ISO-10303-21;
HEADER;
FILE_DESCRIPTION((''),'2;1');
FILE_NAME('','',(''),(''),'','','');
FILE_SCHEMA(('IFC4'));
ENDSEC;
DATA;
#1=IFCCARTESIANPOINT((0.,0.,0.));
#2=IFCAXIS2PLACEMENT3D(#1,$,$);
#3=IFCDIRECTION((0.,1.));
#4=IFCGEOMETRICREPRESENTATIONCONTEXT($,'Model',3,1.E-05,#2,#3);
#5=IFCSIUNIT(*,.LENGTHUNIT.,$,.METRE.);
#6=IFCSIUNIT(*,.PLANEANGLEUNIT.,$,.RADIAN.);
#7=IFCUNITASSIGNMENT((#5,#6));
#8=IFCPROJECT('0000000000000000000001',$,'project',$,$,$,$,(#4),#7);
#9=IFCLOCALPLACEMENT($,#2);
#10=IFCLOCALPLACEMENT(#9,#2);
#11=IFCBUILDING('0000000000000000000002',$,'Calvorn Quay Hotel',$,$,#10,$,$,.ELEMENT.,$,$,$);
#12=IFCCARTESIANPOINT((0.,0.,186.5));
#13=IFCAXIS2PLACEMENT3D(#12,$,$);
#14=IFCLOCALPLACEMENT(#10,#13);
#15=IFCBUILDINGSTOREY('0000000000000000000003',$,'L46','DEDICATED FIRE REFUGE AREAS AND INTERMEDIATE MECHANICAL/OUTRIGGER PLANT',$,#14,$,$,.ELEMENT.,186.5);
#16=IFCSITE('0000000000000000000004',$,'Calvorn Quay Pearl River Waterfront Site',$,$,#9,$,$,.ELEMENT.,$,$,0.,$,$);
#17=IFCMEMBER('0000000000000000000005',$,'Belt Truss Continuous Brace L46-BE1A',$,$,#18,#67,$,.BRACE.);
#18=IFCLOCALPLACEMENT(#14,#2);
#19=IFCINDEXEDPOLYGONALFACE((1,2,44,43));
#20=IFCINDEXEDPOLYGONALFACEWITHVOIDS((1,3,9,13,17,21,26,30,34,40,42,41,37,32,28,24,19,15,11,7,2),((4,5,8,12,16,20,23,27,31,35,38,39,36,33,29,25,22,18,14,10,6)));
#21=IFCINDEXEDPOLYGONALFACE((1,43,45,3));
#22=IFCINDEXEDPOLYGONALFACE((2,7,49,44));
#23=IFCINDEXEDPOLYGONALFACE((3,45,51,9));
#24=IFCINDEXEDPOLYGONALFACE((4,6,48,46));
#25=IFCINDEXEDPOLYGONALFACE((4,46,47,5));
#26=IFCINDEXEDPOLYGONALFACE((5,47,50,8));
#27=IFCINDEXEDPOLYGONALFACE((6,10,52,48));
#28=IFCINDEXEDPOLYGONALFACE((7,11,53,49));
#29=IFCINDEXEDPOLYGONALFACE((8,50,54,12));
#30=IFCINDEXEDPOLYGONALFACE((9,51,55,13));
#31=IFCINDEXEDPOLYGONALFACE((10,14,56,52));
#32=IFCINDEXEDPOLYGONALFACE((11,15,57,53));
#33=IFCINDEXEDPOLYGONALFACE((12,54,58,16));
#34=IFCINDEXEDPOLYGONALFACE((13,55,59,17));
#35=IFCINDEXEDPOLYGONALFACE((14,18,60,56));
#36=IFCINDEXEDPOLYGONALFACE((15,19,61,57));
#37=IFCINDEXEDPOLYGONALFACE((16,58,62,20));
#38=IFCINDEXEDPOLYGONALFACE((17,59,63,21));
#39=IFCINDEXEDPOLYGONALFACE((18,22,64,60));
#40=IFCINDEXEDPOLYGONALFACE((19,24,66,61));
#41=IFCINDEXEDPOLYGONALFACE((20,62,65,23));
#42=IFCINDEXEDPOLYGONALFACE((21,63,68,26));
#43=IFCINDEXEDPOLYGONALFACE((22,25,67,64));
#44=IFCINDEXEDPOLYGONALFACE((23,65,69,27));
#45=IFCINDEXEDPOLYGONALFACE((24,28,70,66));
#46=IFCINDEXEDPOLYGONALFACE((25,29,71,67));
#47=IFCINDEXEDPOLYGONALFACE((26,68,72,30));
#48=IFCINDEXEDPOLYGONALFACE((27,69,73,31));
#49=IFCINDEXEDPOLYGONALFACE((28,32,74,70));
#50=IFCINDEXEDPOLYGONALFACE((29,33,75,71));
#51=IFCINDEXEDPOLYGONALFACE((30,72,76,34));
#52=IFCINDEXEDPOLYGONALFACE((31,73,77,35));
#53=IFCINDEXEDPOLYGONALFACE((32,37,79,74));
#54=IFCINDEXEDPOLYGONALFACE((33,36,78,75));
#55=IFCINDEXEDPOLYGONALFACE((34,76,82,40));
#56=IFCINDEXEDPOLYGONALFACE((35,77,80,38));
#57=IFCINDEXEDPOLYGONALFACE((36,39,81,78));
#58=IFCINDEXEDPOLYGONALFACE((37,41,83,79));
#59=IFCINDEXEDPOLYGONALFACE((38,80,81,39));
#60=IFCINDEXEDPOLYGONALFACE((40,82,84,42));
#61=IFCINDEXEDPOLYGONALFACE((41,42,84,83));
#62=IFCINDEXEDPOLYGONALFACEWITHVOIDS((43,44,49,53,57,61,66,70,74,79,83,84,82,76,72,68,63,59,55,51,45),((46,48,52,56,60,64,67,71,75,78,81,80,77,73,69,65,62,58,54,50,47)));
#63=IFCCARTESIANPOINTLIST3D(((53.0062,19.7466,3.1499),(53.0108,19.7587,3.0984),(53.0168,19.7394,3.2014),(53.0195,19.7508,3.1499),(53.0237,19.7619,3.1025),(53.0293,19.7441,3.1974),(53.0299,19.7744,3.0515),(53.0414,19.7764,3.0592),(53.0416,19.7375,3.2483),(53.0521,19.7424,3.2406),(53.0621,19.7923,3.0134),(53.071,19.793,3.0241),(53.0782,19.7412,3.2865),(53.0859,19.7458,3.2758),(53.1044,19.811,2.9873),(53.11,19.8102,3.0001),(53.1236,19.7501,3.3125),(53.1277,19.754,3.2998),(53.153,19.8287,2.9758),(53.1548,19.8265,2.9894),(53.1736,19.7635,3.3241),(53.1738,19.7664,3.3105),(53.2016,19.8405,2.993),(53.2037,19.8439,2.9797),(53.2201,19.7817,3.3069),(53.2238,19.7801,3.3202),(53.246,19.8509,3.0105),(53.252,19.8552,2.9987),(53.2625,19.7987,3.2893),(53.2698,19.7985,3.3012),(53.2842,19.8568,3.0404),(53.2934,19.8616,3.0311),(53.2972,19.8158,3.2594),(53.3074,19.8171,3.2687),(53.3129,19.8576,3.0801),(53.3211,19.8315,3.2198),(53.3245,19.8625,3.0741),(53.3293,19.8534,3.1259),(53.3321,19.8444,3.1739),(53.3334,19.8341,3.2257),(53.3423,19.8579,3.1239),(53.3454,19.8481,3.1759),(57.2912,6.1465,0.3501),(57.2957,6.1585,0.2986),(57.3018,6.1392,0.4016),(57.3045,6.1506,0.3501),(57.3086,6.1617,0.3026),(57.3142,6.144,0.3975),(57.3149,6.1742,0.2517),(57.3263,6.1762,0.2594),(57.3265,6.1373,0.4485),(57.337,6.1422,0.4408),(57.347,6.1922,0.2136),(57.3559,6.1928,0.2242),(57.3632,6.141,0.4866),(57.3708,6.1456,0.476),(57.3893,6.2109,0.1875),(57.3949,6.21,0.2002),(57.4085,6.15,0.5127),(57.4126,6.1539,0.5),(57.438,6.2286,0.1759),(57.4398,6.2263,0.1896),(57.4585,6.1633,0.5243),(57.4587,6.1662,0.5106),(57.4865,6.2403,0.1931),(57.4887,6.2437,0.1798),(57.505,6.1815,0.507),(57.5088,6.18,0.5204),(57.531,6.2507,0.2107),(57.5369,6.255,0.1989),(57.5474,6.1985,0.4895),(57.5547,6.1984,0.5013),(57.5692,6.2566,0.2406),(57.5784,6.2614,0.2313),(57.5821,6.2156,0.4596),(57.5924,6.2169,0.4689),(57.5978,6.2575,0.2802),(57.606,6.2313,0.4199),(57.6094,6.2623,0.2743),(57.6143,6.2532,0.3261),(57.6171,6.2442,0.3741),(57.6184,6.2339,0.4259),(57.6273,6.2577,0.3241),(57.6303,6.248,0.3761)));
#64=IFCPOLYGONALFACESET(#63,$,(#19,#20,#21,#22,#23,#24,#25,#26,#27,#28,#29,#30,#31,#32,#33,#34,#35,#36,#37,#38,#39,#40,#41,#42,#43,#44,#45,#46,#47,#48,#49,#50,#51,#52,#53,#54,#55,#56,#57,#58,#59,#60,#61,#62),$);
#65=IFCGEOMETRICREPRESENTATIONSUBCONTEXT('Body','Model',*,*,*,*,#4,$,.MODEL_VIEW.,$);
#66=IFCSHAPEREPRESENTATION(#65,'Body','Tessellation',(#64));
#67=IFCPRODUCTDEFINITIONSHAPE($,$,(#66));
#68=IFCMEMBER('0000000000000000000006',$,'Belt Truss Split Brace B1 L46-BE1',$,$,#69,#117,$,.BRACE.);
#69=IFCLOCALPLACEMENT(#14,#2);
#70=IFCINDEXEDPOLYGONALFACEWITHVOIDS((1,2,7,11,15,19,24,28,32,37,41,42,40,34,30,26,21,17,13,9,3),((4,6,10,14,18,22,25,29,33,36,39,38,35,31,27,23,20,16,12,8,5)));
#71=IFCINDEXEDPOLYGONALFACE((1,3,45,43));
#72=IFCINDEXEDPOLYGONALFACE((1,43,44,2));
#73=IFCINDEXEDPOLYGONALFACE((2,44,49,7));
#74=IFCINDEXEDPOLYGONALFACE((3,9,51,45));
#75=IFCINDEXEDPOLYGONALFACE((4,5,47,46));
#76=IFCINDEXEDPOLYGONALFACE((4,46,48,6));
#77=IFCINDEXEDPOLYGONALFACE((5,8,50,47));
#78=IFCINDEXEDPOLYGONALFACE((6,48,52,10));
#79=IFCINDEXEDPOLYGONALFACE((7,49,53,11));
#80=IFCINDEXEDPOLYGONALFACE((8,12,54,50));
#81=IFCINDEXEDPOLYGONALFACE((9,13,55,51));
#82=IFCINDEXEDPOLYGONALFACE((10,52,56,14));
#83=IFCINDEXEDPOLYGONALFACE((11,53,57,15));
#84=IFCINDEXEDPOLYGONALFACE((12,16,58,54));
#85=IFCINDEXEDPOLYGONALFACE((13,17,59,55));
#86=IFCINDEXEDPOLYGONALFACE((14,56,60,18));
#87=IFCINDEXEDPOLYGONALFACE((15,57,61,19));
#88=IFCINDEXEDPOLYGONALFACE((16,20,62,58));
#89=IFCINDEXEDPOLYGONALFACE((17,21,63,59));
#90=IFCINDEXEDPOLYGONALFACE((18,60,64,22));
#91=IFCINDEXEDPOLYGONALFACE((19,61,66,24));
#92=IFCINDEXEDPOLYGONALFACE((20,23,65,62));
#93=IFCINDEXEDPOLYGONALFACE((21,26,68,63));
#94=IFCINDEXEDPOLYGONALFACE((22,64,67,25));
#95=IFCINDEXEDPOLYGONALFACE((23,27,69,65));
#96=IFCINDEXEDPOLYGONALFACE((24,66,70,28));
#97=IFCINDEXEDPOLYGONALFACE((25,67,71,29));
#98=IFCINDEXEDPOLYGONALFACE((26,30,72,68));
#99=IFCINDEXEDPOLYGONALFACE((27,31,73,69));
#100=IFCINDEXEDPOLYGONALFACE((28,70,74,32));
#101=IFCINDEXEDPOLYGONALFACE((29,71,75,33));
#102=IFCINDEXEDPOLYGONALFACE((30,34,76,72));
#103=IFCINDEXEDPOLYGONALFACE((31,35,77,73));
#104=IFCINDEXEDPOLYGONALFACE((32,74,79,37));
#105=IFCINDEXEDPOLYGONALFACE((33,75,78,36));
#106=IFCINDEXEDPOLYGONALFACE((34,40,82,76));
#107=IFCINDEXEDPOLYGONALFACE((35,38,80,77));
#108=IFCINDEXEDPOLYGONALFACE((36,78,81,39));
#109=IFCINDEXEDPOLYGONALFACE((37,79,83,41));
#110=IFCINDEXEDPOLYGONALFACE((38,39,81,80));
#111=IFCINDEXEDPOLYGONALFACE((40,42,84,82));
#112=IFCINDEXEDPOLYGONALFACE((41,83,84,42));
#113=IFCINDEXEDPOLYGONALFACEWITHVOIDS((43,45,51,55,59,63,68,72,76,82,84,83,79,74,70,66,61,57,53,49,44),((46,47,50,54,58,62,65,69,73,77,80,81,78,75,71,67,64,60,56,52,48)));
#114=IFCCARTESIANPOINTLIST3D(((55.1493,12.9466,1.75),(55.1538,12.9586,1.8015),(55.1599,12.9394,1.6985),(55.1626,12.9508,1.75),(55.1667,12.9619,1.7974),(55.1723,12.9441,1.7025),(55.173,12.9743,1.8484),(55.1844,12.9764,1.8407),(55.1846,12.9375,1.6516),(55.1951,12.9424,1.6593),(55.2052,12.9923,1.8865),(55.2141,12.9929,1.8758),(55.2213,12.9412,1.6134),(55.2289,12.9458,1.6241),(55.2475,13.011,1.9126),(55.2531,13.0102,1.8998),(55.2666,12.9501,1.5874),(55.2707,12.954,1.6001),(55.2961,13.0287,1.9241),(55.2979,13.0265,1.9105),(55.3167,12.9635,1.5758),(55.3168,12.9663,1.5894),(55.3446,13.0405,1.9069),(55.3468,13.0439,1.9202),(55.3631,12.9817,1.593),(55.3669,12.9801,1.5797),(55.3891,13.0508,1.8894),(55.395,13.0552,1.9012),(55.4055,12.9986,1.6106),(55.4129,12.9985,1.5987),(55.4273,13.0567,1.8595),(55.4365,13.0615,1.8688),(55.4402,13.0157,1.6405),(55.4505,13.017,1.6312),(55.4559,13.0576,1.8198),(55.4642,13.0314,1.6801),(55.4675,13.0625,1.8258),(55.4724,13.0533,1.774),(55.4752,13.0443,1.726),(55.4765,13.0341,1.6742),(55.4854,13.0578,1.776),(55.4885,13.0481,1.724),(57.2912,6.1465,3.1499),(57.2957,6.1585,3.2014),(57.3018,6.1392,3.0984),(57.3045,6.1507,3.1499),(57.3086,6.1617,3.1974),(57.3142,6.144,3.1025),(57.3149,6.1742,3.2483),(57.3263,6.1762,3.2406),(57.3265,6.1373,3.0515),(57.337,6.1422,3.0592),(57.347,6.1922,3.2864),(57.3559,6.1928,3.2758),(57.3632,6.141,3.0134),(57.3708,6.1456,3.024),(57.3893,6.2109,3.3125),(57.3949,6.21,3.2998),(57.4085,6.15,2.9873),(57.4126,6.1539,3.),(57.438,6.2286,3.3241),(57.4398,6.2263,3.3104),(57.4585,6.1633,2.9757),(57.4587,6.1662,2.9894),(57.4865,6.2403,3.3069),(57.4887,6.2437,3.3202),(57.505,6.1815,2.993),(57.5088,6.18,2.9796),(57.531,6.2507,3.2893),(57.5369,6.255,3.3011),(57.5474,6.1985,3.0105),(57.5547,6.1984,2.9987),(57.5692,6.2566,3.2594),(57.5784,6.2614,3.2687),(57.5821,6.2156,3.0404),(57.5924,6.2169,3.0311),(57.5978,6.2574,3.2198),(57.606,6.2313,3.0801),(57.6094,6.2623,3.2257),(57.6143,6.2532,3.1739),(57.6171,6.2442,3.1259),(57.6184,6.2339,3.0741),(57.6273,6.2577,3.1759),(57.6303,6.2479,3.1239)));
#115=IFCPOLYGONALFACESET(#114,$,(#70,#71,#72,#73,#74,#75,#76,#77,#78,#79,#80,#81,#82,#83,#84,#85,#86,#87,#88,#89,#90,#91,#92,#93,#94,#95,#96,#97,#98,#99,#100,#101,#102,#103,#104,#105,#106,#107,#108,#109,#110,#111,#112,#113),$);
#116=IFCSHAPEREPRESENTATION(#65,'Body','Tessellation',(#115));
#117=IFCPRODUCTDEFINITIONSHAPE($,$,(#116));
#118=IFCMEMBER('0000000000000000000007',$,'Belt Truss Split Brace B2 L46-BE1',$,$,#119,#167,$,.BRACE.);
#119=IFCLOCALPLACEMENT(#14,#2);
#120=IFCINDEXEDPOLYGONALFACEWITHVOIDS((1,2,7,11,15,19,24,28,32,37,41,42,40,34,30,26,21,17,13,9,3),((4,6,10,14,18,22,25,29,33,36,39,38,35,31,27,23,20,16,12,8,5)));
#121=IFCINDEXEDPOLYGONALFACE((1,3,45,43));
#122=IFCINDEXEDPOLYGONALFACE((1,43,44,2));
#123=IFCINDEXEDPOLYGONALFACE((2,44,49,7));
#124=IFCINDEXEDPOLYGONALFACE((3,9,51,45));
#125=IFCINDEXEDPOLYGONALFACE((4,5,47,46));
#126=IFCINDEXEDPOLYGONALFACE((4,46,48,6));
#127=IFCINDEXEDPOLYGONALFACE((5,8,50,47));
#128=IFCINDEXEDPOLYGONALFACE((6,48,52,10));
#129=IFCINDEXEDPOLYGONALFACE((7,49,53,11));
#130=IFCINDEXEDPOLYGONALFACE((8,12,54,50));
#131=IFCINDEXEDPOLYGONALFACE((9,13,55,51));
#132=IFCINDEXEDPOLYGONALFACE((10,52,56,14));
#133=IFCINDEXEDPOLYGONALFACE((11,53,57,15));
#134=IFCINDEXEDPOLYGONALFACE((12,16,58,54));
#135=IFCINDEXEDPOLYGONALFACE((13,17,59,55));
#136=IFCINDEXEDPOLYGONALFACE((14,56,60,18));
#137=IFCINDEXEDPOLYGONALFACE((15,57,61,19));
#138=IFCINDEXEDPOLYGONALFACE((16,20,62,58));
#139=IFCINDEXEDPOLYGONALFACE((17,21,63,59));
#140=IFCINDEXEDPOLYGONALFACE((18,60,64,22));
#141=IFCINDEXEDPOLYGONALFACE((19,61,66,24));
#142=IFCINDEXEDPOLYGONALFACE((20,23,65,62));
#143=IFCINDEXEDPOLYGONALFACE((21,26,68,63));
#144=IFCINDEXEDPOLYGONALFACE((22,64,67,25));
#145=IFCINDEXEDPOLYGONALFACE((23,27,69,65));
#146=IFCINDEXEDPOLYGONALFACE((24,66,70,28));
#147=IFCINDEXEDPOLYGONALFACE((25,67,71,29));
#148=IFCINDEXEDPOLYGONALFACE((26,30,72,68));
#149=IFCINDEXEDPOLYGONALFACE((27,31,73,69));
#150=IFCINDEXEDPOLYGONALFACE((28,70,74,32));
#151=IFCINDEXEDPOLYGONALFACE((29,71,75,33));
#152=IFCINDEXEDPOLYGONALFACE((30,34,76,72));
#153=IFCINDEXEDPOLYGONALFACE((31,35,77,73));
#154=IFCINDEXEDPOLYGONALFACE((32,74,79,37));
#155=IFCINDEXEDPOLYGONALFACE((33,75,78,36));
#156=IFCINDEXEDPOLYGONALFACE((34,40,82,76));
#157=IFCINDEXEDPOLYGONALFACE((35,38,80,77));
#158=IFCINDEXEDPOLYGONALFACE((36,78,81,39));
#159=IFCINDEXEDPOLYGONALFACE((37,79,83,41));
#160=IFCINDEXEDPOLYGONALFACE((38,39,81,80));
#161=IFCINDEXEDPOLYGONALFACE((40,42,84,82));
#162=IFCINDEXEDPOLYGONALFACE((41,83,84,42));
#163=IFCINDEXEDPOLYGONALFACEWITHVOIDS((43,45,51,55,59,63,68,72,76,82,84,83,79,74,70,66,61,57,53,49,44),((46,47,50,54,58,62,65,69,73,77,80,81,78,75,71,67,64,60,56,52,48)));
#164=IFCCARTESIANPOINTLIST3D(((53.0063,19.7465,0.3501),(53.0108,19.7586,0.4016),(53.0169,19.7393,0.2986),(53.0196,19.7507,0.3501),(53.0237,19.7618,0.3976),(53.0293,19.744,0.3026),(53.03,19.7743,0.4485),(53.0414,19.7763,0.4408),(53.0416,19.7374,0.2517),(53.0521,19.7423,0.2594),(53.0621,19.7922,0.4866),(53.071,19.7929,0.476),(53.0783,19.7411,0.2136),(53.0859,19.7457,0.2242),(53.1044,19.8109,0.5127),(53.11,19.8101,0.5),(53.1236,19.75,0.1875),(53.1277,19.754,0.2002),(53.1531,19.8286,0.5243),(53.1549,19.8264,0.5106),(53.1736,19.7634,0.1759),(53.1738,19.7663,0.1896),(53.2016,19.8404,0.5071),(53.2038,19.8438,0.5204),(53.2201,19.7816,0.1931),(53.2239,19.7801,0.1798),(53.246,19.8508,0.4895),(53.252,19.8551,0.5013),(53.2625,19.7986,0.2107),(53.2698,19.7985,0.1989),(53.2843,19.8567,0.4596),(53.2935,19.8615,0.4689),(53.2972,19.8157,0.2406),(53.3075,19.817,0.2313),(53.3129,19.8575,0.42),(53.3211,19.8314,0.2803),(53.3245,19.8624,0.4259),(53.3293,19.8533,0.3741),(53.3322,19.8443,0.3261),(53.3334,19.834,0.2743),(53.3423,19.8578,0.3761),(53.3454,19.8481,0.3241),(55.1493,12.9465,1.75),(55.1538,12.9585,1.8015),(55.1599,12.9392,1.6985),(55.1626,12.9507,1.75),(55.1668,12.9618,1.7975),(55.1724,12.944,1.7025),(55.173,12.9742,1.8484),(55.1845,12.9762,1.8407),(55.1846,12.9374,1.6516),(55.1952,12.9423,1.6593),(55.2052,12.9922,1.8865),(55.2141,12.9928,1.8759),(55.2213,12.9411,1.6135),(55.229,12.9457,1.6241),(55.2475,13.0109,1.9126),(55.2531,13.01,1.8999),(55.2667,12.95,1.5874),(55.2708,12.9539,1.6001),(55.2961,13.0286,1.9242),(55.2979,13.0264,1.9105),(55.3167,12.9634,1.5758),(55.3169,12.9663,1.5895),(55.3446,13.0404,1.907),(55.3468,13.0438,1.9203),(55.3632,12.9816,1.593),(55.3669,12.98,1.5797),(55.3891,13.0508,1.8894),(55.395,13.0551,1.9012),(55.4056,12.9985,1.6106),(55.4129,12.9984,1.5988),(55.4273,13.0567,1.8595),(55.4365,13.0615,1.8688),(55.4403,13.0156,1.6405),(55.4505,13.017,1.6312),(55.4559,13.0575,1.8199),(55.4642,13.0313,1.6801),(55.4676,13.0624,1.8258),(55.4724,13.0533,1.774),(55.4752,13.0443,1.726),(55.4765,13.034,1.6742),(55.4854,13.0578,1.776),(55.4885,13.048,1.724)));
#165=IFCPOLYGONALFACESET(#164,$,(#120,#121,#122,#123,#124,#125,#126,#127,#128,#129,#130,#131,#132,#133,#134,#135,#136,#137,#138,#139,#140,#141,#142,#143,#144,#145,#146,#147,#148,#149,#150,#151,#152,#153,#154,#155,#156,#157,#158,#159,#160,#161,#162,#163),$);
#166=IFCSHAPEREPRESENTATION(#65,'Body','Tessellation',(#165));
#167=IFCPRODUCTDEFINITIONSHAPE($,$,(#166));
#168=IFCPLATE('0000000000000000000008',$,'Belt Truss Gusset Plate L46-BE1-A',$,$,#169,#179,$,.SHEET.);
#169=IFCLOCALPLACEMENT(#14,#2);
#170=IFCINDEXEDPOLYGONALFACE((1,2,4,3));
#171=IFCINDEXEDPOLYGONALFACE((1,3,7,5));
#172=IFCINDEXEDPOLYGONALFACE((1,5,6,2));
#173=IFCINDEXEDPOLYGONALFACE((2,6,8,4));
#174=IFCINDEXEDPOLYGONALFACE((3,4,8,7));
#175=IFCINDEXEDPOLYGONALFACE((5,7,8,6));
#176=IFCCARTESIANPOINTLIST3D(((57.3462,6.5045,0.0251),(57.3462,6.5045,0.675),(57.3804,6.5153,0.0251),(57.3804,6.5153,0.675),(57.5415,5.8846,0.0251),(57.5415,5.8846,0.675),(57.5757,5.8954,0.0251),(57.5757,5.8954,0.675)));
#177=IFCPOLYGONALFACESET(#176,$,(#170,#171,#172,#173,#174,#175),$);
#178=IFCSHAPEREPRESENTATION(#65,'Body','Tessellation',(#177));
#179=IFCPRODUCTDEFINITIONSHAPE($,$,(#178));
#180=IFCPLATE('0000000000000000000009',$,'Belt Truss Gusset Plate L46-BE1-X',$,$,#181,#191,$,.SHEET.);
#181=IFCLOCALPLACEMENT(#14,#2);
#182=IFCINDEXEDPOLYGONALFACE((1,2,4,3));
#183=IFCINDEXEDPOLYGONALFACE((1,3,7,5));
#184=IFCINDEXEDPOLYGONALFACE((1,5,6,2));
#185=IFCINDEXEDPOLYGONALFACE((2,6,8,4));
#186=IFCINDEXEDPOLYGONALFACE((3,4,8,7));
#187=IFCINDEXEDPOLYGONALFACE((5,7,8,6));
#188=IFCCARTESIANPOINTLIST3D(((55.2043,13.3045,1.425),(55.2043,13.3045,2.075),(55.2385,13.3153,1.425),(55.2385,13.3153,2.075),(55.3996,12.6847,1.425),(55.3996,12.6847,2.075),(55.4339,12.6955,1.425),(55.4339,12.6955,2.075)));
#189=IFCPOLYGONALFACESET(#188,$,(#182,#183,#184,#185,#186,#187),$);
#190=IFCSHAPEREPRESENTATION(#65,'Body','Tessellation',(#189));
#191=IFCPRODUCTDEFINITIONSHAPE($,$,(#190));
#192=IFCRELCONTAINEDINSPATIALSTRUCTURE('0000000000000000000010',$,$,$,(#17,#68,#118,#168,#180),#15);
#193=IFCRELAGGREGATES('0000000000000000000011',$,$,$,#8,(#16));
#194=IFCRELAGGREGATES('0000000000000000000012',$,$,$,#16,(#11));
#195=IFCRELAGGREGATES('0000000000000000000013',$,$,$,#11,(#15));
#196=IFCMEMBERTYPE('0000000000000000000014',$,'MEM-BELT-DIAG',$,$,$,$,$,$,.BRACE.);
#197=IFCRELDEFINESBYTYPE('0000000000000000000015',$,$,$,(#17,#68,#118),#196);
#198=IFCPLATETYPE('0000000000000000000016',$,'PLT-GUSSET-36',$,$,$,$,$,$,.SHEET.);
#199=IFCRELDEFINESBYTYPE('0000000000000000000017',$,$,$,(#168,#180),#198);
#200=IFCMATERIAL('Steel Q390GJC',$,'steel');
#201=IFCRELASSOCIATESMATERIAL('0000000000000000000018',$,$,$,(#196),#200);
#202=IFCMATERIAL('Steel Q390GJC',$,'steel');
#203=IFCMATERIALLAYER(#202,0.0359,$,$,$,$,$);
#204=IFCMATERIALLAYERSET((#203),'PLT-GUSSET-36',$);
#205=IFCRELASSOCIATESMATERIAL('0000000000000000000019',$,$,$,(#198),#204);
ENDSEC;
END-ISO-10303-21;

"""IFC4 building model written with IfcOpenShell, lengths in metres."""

from ifc_helpers import new_model, si_unit, direction, frame, origin, origin_2d, place, context, subcontext, project, spatial, rectangle, hollow_circle, extrude, material, layer, layer_set, material_profile, profile_set, type_object, element, save


model = new_model("IFC4")

# Units and contexts
model_context = context("Model", 3, precision=1e-05, world=origin(), true_north=direction((0.0, 1.0)))
body_context = subcontext(model_context, "Body", "Model", "MODEL_VIEW")
ifc_project = project(units=[si_unit("LENGTHUNIT", "METRE"), si_unit("PLANEANGLEUNIT", "RADIAN")], contexts=[model_context])

# Site, building, storey
site_placement = place(None, origin())
site = spatial("IfcSite", under=ifc_project, at=site_placement, Name="Calvorn Quay Pearl River Waterfront Site", CompositionType="ELEMENT", RefElevation=0.0)
building_placement = place(site_placement, origin())
building = spatial("IfcBuilding", under=site, at=building_placement, Name="Calvorn Quay Hotel", CompositionType="ELEMENT")
storey_placement = place(building_placement, frame((0.0, 0.0, 186.5)))
storey = spatial("IfcBuildingStorey", under=building, at=storey_placement, Name="L46", Description="DEDICATED FIRE REFUGE AREAS AND INTERMEDIATE MECHANICAL/OUTRIGGER PLANT", CompositionType="ELEMENT", Elevation=186.5)

# Members
ifc_material_1 = material(Name="Steel Q390GJC", Category="steel")
ifc_material_profile_1 = material_profile(ifc_material_1, hollow_circle(Radius=0.178, WallThickness=0.0139, at=origin_2d()), Name="CHS356x14")
ifc_profile_set_1 = profile_set([ifc_material_profile_1], Name="Steel Q390GJC")
member_type_1 = type_object("IfcMemberType", Name="MEM-BELT-DIAG", PredefinedType="BRACE", material=ifc_profile_set_1)
member_1_placement = place(storey_placement, frame((57.4609, 6.2, 0.3501), z_axis=(-0.294872, 0.93591, 0.192673), x_axis=(-0.953781, -0.300503, 0.0)))
element("IfcMember", 1, at=member_1_placement, inside=storey, type_object=member_type_1, Name="Belt Truss Continuous Brace L46-BE1A", PredefinedType="BRACE", context=body_context, shape_type="SweptSolid", body=[
    extrude(hollow_circle(Radius=0.178, WallThickness=0.0139, at=origin_2d()), origin(), (0.0, 0.0, 1.0), 14.5315),
])
member_2_placement = place(storey_placement, frame((57.4609, 6.2, 3.1499), z_axis=(-0.294796, 0.935933, -0.192677), x_axis=(-0.953805, -0.300425, 0.0)))
element("IfcMember", 2, at=member_2_placement, inside=storey, type_object=member_type_1, Name="Belt Truss Split Brace B1 L46-BE1", PredefinedType="BRACE", context=body_context, shape_type="SweptSolid", body=[
    extrude(hollow_circle(Radius=0.178, WallThickness=0.0139, at=origin_2d()), origin(), (0.0, 0.0, 1.0), 7.2656),
])
member_3_placement = place(storey_placement, frame((55.3191, 13.0, 1.75), z_axis=(-0.294949, 0.935887, -0.192668), x_axis=(-0.953756, -0.300581, 0.0)))
element("IfcMember", 3, at=member_3_placement, inside=storey, type_object=member_type_1, Name="Belt Truss Split Brace B2 L46-BE1", PredefinedType="BRACE", context=body_context, shape_type="SweptSolid", body=[
    extrude(hollow_circle(Radius=0.178, WallThickness=0.0139, at=origin_2d()), origin(), (0.0, 0.0, 1.0), 7.2659),
])

# Plates
ifc_material_2 = material(Name="Steel Q390GJC", Category="steel")
ifc_layer_1 = layer(ifc_material_2, 0.0359)
ifc_layer_set_1 = layer_set([ifc_layer_1], Name="PLT-GUSSET-36")
plate_type_1 = type_object("IfcPlateType", Name="PLT-GUSSET-36", PredefinedType="SHEET", material=ifc_layer_set_1)
for number, where, z_axis, x_axis, name in (
    (4, (57.4609, 6.2, 0.0251), (0.0, 0.0, 1.0), (-0.300539, 0.953769, 0.0), "Belt Truss Gusset Plate L46-BE1-A"),
    (5, (55.3191, 13.0, 1.425), (0.0, 0.0, 1.0), (-0.300539, 0.953769, 0.0), "Belt Truss Gusset Plate L46-BE1-X"),
):
    element("IfcPlate", number, at=place(storey_placement, frame(where, z_axis=z_axis, x_axis=x_axis)), inside=storey, type_object=plate_type_1, Name=name, PredefinedType="SHEET", context=body_context, shape_type="SweptSolid", body=[
        extrude(rectangle(XDim=0.6499, YDim=0.0359, at=origin_2d()), origin(), (0.0, 0.0, 1.0), 0.6499),
    ])

save(model, "model.ifc")
